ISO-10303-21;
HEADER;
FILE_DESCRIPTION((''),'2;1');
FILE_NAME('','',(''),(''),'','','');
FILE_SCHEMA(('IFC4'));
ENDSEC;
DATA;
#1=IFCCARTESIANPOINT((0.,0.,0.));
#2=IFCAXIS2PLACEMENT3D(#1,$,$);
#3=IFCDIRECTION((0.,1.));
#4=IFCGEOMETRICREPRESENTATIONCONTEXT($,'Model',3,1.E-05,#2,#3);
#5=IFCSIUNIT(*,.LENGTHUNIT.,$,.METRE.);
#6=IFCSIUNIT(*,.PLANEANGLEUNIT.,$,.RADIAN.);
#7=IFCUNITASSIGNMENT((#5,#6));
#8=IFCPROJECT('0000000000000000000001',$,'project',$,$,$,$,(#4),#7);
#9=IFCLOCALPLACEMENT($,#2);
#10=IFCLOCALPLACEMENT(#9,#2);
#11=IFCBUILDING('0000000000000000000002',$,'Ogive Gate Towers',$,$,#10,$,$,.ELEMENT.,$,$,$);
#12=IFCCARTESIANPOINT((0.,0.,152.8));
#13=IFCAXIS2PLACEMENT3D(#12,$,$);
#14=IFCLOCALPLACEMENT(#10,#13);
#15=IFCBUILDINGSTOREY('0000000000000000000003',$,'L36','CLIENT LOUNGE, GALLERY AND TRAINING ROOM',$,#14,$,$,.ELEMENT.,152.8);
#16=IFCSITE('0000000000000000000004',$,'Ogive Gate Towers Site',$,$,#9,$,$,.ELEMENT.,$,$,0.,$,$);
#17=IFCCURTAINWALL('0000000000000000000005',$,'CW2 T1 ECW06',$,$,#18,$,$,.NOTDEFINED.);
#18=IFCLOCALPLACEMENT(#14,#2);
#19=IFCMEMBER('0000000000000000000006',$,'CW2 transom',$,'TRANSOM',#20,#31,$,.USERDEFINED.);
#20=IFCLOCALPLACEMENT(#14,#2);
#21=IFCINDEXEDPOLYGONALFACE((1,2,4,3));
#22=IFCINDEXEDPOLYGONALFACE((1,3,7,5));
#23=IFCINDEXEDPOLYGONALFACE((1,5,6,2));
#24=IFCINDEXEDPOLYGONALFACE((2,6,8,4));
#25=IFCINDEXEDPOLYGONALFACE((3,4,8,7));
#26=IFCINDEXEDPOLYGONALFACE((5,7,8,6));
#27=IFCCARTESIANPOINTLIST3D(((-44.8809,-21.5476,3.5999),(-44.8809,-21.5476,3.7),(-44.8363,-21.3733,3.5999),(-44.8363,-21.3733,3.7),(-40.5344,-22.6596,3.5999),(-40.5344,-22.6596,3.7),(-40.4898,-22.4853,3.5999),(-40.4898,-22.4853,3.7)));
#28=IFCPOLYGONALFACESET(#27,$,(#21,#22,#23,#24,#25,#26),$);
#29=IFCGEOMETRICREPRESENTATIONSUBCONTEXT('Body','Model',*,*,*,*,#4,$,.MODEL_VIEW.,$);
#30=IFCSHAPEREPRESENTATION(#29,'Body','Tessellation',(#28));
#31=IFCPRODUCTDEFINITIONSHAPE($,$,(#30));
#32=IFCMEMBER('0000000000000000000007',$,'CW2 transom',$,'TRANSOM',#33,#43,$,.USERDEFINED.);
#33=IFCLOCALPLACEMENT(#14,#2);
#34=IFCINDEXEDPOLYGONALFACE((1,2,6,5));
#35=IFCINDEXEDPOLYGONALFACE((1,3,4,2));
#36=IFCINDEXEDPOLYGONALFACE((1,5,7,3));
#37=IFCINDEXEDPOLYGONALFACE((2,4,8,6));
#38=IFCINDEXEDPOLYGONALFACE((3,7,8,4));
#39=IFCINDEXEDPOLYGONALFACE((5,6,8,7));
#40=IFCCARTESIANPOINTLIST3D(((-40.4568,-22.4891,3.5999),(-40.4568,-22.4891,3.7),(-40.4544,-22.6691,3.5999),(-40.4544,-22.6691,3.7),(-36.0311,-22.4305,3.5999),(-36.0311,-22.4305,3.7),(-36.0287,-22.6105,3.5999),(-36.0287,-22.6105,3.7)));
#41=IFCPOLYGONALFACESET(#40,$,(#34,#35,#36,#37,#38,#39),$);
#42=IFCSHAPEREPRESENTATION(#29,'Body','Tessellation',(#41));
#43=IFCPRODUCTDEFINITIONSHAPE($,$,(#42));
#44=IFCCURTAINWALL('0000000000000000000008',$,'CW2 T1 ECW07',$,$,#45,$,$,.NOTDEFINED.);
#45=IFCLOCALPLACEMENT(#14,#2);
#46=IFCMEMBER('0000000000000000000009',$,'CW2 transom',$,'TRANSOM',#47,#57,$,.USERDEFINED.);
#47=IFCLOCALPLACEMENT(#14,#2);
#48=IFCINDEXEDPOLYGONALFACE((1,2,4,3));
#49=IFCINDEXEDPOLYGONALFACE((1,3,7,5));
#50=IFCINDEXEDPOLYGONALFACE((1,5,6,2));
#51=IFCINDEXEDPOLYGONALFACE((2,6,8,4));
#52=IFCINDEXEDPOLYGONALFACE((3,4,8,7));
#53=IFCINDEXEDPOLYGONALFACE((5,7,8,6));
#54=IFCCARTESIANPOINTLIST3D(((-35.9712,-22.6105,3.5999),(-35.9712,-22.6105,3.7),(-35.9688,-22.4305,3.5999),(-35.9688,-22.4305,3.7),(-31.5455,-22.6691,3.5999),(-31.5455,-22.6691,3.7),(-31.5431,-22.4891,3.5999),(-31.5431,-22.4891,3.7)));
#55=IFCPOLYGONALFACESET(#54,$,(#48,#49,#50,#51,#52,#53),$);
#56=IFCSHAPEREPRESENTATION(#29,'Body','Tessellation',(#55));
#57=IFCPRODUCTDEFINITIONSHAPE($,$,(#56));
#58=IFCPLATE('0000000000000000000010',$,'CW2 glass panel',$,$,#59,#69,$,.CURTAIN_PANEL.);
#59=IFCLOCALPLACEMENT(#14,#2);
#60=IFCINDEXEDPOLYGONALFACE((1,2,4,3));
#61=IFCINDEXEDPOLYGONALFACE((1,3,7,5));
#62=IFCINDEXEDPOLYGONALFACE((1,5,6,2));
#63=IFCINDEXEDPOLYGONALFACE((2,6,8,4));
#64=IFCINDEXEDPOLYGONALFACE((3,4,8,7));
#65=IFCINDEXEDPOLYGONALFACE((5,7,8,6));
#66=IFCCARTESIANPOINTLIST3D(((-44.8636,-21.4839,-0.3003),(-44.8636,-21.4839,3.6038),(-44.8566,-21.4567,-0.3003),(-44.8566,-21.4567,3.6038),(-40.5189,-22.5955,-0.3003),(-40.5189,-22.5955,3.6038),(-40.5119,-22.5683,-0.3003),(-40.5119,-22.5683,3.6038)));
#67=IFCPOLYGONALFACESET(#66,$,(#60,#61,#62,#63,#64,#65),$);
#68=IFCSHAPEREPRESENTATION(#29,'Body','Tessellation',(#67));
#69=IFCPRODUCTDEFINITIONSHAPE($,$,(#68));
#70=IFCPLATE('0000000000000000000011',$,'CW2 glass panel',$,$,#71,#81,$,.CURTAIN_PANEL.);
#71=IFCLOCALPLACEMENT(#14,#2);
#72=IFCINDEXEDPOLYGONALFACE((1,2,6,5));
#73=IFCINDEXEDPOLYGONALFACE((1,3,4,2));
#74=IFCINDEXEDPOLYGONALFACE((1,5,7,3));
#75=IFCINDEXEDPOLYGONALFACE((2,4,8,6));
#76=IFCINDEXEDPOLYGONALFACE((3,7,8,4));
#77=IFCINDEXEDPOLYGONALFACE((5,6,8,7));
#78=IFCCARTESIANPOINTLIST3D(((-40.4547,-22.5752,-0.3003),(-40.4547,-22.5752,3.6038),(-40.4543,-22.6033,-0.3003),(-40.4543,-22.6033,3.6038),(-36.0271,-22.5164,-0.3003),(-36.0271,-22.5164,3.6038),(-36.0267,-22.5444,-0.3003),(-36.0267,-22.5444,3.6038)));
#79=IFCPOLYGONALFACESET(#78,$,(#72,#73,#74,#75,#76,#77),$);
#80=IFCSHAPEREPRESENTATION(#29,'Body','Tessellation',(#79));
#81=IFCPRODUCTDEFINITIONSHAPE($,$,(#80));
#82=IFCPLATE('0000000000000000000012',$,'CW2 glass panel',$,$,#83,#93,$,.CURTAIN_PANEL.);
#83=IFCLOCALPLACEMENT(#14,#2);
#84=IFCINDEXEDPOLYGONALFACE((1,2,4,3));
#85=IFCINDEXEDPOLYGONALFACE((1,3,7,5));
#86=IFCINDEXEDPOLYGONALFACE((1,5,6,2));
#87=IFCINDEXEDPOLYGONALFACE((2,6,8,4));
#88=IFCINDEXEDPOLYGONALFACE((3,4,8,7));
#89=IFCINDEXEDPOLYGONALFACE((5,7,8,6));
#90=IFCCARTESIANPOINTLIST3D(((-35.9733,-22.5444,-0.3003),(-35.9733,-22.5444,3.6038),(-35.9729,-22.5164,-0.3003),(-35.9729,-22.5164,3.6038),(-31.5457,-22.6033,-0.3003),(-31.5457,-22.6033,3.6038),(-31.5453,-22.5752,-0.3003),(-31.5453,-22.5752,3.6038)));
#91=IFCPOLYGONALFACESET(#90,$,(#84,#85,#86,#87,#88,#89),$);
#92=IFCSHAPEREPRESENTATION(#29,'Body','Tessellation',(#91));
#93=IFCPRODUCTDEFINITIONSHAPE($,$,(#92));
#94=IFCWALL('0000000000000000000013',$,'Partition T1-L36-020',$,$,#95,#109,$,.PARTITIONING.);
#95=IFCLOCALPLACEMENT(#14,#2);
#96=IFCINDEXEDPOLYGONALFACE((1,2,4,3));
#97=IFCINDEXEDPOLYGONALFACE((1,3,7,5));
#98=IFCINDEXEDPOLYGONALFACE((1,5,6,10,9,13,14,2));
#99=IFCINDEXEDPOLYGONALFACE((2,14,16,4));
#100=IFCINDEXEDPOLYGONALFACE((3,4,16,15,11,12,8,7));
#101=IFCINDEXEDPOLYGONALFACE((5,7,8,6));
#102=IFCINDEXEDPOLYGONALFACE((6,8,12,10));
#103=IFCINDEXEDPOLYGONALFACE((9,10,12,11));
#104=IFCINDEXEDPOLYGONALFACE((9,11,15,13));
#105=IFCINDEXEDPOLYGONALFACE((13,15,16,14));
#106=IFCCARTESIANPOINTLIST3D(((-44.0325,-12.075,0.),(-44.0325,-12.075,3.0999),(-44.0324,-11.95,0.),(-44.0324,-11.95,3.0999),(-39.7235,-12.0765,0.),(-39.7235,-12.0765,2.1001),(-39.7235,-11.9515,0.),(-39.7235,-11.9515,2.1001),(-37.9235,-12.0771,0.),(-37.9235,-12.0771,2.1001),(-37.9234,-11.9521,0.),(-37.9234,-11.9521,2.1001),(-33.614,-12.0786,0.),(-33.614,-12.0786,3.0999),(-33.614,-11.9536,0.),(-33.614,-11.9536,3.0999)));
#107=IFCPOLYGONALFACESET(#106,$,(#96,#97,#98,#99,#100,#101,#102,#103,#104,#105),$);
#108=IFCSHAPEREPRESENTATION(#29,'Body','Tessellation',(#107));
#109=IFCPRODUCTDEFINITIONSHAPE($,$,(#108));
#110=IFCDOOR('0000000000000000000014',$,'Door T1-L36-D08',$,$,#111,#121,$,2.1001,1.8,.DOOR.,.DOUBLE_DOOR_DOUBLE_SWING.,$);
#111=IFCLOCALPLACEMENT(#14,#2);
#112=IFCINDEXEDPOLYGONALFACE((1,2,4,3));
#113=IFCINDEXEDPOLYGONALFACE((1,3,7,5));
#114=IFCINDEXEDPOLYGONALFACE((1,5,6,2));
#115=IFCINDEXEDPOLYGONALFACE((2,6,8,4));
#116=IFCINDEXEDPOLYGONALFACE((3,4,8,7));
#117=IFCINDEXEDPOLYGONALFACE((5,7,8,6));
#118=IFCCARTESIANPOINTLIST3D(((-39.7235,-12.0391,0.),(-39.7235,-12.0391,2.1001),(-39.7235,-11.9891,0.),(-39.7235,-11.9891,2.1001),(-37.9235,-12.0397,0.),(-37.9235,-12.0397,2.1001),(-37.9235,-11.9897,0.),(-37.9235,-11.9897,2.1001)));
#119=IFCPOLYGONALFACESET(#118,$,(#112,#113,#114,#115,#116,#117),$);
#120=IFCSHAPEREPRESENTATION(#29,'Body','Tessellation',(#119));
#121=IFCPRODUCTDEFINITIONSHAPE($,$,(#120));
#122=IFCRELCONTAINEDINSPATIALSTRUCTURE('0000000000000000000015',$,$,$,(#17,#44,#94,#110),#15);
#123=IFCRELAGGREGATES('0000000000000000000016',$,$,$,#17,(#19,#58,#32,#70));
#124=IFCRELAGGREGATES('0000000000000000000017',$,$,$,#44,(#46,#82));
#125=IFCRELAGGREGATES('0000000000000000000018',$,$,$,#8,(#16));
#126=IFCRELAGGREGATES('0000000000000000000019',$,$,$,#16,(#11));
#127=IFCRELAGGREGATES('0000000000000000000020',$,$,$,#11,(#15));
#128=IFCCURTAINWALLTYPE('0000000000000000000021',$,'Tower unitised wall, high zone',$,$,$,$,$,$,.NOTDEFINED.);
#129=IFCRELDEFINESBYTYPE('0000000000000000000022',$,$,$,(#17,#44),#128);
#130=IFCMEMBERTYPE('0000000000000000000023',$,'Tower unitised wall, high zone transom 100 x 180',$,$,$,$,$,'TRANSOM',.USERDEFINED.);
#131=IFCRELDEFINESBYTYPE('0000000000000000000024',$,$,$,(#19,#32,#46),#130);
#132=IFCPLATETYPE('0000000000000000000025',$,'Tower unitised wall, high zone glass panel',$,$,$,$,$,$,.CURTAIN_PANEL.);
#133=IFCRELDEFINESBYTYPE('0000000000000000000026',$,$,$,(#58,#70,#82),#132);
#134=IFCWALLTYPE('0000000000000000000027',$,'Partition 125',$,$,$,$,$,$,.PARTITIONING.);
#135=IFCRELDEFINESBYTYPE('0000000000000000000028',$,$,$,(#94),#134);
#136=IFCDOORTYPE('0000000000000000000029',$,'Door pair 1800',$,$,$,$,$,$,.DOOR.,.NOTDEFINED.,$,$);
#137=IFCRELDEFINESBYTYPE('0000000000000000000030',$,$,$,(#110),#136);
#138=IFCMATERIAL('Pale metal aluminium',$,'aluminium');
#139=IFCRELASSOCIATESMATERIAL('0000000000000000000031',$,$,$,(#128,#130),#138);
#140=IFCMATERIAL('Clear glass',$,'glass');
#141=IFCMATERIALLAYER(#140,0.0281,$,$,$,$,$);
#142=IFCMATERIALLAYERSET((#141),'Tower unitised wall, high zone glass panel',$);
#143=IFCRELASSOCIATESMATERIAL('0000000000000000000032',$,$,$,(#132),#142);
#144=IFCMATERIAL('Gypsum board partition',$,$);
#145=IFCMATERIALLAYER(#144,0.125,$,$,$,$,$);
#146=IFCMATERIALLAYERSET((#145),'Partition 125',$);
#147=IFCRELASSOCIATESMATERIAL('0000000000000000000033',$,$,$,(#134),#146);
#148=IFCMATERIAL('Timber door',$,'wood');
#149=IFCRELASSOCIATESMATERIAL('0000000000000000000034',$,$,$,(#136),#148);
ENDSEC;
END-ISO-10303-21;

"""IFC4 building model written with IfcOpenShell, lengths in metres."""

from ifc_helpers import new_model, si_unit, direction, frame, frame_2d, origin, origin_2d, place, context, subcontext, project, spatial, rectangle, extrude, material, layer, layer_set, material_profile, profile_set, type_object, element, fill, aggregate, save


model = new_model("IFC4")

# Units and contexts
model_context = context("Model", 3, precision=1e-05, world=origin(), true_north=direction((0.0, 1.0)))
body_context = subcontext(model_context, "Body", "Model", "MODEL_VIEW")
ifc_project = project(units=[si_unit("LENGTHUNIT", "METRE"), si_unit("PLANEANGLEUNIT", "RADIAN")], contexts=[model_context])

# Site, building, storey
site_placement = place(None, origin())
site = spatial("IfcSite", under=ifc_project, at=site_placement, Name="Ogive Gate Towers Site", CompositionType="ELEMENT", RefElevation=0.0)
building_placement = place(site_placement, origin())
building = spatial("IfcBuilding", under=site, at=building_placement, Name="Ogive Gate Towers", CompositionType="ELEMENT")
storey_placement = place(building_placement, frame((0.0, 0.0, 152.8)))
storey = spatial("IfcBuildingStorey", under=building, at=storey_placement, Name="L36", Description="CLIENT LOUNGE, GALLERY AND TRAINING ROOM", CompositionType="ELEMENT", Elevation=152.8)

# Curtain wall, members
ifc_material_1 = material(Name="Pale metal aluminium", Category="aluminium")
curtain_wall_type = type_object("IfcCurtainWallType", Name="Tower unitised wall, high zone", PredefinedType="NOTDEFINED", material=ifc_material_1)
curtain_wall_1_placement = place(storey_placement, origin())
curtain_wall_1 = element("IfcCurtainWall", 1, at=curtain_wall_1_placement, inside=storey, type_object=curtain_wall_type, Name="CW2 T1 ECW06", PredefinedType="NOTDEFINED")
ifc_material_profile_1 = material_profile(ifc_material_1, rectangle(XDim=0.1799, YDim=0.1001, at=origin_2d()), Name="100 x 180 aluminium box")
ifc_profile_set_1 = profile_set([ifc_material_profile_1], Name="Pale metal aluminium")
member_type_1 = type_object("IfcMemberType", Name="Tower unitised wall, high zone transom 100 x 180", ElementType="TRANSOM", PredefinedType="USERDEFINED", material=ifc_profile_set_1)
member_1_placement = place(storey_placement, frame((-44.8586, -21.4604, 3.6499), z_axis=(0.968796, -0.247858, 0.0), x_axis=(0.247858, 0.968796, 0.0)))
member_1 = element("IfcMember", 2, at=member_1_placement, type_object=member_type_1, Name="CW2 transom", ObjectType="TRANSOM", PredefinedType="USERDEFINED", context=body_context, shape_type="SweptSolid", body=[
    extrude(rectangle(XDim=0.1799, YDim=0.1001, at=origin_2d()), origin(), (0.0, 0.0, 1.0), 4.4866),
])
member_2_placement = place(storey_placement, frame((-40.4556, -22.5791, 3.6499), z_axis=(0.999912, 0.013239, 0.0), x_axis=(-0.013239, 0.999912, 0.0)))
member_2 = element("IfcMember", 3, at=member_2_placement, type_object=member_type_1, Name="CW2 transom", ObjectType="TRANSOM", PredefinedType="USERDEFINED", context=body_context, shape_type="SweptSolid", body=[
    extrude(rectangle(XDim=0.1799, YDim=0.1001, at=origin_2d()), origin(), (0.0, 0.0, 1.0), 4.426),
])

# Curtain wall, member
curtain_wall_2_placement = place(storey_placement, origin())
curtain_wall_2 = element("IfcCurtainWall", 4, at=curtain_wall_2_placement, inside=storey, type_object=curtain_wall_type, Name="CW2 T1 ECW07", PredefinedType="NOTDEFINED")
member_3_placement = place(storey_placement, frame((-35.97, -22.5205, 3.6499), z_axis=(0.999912, -0.013239, 0.0), x_axis=(0.013239, 0.999912, 0.0)))
member_3 = element("IfcMember", 5, at=member_3_placement, type_object=member_type_1, Name="CW2 transom", ObjectType="TRANSOM", PredefinedType="USERDEFINED", context=body_context, shape_type="SweptSolid", body=[
    extrude(rectangle(XDim=0.1799, YDim=0.1001, at=origin_2d()), origin(), (0.0, 0.0, 1.0), 4.426),
])

# Plates
ifc_material_2 = material(Name="Clear glass", Category="glass")
ifc_layer_1 = layer(ifc_material_2, 0.0281)
ifc_layer_set_1 = layer_set([ifc_layer_1], Name="Tower unitised wall, high zone glass panel")
plate_type = type_object("IfcPlateType", Name="Tower unitised wall, high zone glass panel", PredefinedType="CURTAIN_PANEL", material=ifc_layer_set_1)
plate_1_placement = place(storey_placement, frame((-42.6877, -22.0261, -0.3003), z_axis=(0.0, 0.0, 1.0), x_axis=(0.968795, -0.247861, 0.0)))
plate_1 = element("IfcPlate", 6, at=plate_1_placement, type_object=plate_type, Name="CW2 glass panel", PredefinedType="CURTAIN_PANEL", context=body_context, shape_type="SweptSolid", body=[
    extrude(rectangle(XDim=4.4846, YDim=0.0281, at=origin_2d()), origin(), (0.0, 0.0, 1.0), 3.9041),
])
plate_2_placement = place(storey_placement, frame((-38.2407, -22.5598, -0.3003), z_axis=(0.0, 0.0, 1.0), x_axis=(0.999912, 0.013282, 0.0)))
plate_2 = element("IfcPlate", 7, at=plate_2_placement, type_object=plate_type, Name="CW2 glass panel", PredefinedType="CURTAIN_PANEL", context=body_context, shape_type="SweptSolid", body=[
    extrude(rectangle(XDim=4.428, YDim=0.0281, at=origin_2d()), origin(), (0.0, 0.0, 1.0), 3.9041),
])
aggregate(curtain_wall_1, [member_1, plate_1, member_2, plate_2])
plate_3_placement = place(storey_placement, frame((-33.7593, -22.5598, -0.3003), z_axis=(0.0, 0.0, 1.0), x_axis=(0.999912, -0.013282, 0.0)))
plate_3 = element("IfcPlate", 8, at=plate_3_placement, type_object=plate_type, Name="CW2 glass panel", PredefinedType="CURTAIN_PANEL", context=body_context, shape_type="SweptSolid", body=[
    extrude(rectangle(XDim=4.428, YDim=0.0281, at=origin_2d()), origin(), (0.0, 0.0, 1.0), 3.9041),
])
aggregate(curtain_wall_2, [member_3, plate_3])

# Wall, opening, door
ifc_material_3 = material(Name="Gypsum board partition")
ifc_layer_2 = layer(ifc_material_3, 0.125)
ifc_layer_set_2 = layer_set([ifc_layer_2], Name="Partition 125")
wall_type = type_object("IfcWallType", Name="Partition 125", PredefinedType="PARTITIONING", material=ifc_layer_set_2)
wall_placement = place(storey_placement, frame((-44.0325, -12.0125, 0.0), z_axis=(0.0, 0.0, 1.0), x_axis=(1.0, -0.000352, 0.0)))
wall = element("IfcWall", 9, at=wall_placement, inside=storey, type_object=wall_type, Name="Partition T1-L36-020", PredefinedType="PARTITIONING", context=body_context, shape_type="SweptSolid", body=[
    extrude(rectangle(XDim=10.4185, YDim=0.125, at=frame_2d((5.2092, 0.0))), origin(), (0.0, 0.0, 1.0), 3.0999),
])
opening_placement = place(wall_placement, frame((4.3091, 0.0, 0.0)))
opening = element("IfcOpeningElement", 10, at=opening_placement, cuts=wall, PredefinedType="OPENING", context=body_context, shape_type="SweptSolid", body=[
    extrude(rectangle(XDim=1.8, YDim=2.1001, at=frame_2d((0.8999, 1.05))), frame((0.0, 0.0725, 0.0), z_axis=(0.0, -1.0, 0.0), x_axis=(1.0, 0.0, 0.0)), (0.0, 0.0, 1.0), 0.145),
])
ifc_material_4 = material(Name="Timber door", Category="wood")
door_type = type_object("IfcDoorType", Name="Door pair 1800", OperationType="NOTDEFINED", PredefinedType="DOOR", material=ifc_material_4)
door_placement = place(opening_placement, origin())
door = element("IfcDoor", 11, at=door_placement, inside=storey, type_object=door_type, Name="Door T1-L36-D08", OperationType="DOUBLE_DOOR_DOUBLE_SWING", OverallHeight=2.1001, OverallWidth=1.8, PredefinedType="DOOR", context=body_context, shape_type="SweptSolid", body=[
    extrude(rectangle(XDim=1.8, YDim=2.1001, at=frame_2d((0.8999, 1.05))), frame((0.0, 0.0249, 0.0), z_axis=(0.0, -1.0, 0.0), x_axis=(1.0, 0.0, 0.0)), (0.0, 0.0, 1.0), 0.05),
])
fill(opening, door)

save(model, "model.ifc")
